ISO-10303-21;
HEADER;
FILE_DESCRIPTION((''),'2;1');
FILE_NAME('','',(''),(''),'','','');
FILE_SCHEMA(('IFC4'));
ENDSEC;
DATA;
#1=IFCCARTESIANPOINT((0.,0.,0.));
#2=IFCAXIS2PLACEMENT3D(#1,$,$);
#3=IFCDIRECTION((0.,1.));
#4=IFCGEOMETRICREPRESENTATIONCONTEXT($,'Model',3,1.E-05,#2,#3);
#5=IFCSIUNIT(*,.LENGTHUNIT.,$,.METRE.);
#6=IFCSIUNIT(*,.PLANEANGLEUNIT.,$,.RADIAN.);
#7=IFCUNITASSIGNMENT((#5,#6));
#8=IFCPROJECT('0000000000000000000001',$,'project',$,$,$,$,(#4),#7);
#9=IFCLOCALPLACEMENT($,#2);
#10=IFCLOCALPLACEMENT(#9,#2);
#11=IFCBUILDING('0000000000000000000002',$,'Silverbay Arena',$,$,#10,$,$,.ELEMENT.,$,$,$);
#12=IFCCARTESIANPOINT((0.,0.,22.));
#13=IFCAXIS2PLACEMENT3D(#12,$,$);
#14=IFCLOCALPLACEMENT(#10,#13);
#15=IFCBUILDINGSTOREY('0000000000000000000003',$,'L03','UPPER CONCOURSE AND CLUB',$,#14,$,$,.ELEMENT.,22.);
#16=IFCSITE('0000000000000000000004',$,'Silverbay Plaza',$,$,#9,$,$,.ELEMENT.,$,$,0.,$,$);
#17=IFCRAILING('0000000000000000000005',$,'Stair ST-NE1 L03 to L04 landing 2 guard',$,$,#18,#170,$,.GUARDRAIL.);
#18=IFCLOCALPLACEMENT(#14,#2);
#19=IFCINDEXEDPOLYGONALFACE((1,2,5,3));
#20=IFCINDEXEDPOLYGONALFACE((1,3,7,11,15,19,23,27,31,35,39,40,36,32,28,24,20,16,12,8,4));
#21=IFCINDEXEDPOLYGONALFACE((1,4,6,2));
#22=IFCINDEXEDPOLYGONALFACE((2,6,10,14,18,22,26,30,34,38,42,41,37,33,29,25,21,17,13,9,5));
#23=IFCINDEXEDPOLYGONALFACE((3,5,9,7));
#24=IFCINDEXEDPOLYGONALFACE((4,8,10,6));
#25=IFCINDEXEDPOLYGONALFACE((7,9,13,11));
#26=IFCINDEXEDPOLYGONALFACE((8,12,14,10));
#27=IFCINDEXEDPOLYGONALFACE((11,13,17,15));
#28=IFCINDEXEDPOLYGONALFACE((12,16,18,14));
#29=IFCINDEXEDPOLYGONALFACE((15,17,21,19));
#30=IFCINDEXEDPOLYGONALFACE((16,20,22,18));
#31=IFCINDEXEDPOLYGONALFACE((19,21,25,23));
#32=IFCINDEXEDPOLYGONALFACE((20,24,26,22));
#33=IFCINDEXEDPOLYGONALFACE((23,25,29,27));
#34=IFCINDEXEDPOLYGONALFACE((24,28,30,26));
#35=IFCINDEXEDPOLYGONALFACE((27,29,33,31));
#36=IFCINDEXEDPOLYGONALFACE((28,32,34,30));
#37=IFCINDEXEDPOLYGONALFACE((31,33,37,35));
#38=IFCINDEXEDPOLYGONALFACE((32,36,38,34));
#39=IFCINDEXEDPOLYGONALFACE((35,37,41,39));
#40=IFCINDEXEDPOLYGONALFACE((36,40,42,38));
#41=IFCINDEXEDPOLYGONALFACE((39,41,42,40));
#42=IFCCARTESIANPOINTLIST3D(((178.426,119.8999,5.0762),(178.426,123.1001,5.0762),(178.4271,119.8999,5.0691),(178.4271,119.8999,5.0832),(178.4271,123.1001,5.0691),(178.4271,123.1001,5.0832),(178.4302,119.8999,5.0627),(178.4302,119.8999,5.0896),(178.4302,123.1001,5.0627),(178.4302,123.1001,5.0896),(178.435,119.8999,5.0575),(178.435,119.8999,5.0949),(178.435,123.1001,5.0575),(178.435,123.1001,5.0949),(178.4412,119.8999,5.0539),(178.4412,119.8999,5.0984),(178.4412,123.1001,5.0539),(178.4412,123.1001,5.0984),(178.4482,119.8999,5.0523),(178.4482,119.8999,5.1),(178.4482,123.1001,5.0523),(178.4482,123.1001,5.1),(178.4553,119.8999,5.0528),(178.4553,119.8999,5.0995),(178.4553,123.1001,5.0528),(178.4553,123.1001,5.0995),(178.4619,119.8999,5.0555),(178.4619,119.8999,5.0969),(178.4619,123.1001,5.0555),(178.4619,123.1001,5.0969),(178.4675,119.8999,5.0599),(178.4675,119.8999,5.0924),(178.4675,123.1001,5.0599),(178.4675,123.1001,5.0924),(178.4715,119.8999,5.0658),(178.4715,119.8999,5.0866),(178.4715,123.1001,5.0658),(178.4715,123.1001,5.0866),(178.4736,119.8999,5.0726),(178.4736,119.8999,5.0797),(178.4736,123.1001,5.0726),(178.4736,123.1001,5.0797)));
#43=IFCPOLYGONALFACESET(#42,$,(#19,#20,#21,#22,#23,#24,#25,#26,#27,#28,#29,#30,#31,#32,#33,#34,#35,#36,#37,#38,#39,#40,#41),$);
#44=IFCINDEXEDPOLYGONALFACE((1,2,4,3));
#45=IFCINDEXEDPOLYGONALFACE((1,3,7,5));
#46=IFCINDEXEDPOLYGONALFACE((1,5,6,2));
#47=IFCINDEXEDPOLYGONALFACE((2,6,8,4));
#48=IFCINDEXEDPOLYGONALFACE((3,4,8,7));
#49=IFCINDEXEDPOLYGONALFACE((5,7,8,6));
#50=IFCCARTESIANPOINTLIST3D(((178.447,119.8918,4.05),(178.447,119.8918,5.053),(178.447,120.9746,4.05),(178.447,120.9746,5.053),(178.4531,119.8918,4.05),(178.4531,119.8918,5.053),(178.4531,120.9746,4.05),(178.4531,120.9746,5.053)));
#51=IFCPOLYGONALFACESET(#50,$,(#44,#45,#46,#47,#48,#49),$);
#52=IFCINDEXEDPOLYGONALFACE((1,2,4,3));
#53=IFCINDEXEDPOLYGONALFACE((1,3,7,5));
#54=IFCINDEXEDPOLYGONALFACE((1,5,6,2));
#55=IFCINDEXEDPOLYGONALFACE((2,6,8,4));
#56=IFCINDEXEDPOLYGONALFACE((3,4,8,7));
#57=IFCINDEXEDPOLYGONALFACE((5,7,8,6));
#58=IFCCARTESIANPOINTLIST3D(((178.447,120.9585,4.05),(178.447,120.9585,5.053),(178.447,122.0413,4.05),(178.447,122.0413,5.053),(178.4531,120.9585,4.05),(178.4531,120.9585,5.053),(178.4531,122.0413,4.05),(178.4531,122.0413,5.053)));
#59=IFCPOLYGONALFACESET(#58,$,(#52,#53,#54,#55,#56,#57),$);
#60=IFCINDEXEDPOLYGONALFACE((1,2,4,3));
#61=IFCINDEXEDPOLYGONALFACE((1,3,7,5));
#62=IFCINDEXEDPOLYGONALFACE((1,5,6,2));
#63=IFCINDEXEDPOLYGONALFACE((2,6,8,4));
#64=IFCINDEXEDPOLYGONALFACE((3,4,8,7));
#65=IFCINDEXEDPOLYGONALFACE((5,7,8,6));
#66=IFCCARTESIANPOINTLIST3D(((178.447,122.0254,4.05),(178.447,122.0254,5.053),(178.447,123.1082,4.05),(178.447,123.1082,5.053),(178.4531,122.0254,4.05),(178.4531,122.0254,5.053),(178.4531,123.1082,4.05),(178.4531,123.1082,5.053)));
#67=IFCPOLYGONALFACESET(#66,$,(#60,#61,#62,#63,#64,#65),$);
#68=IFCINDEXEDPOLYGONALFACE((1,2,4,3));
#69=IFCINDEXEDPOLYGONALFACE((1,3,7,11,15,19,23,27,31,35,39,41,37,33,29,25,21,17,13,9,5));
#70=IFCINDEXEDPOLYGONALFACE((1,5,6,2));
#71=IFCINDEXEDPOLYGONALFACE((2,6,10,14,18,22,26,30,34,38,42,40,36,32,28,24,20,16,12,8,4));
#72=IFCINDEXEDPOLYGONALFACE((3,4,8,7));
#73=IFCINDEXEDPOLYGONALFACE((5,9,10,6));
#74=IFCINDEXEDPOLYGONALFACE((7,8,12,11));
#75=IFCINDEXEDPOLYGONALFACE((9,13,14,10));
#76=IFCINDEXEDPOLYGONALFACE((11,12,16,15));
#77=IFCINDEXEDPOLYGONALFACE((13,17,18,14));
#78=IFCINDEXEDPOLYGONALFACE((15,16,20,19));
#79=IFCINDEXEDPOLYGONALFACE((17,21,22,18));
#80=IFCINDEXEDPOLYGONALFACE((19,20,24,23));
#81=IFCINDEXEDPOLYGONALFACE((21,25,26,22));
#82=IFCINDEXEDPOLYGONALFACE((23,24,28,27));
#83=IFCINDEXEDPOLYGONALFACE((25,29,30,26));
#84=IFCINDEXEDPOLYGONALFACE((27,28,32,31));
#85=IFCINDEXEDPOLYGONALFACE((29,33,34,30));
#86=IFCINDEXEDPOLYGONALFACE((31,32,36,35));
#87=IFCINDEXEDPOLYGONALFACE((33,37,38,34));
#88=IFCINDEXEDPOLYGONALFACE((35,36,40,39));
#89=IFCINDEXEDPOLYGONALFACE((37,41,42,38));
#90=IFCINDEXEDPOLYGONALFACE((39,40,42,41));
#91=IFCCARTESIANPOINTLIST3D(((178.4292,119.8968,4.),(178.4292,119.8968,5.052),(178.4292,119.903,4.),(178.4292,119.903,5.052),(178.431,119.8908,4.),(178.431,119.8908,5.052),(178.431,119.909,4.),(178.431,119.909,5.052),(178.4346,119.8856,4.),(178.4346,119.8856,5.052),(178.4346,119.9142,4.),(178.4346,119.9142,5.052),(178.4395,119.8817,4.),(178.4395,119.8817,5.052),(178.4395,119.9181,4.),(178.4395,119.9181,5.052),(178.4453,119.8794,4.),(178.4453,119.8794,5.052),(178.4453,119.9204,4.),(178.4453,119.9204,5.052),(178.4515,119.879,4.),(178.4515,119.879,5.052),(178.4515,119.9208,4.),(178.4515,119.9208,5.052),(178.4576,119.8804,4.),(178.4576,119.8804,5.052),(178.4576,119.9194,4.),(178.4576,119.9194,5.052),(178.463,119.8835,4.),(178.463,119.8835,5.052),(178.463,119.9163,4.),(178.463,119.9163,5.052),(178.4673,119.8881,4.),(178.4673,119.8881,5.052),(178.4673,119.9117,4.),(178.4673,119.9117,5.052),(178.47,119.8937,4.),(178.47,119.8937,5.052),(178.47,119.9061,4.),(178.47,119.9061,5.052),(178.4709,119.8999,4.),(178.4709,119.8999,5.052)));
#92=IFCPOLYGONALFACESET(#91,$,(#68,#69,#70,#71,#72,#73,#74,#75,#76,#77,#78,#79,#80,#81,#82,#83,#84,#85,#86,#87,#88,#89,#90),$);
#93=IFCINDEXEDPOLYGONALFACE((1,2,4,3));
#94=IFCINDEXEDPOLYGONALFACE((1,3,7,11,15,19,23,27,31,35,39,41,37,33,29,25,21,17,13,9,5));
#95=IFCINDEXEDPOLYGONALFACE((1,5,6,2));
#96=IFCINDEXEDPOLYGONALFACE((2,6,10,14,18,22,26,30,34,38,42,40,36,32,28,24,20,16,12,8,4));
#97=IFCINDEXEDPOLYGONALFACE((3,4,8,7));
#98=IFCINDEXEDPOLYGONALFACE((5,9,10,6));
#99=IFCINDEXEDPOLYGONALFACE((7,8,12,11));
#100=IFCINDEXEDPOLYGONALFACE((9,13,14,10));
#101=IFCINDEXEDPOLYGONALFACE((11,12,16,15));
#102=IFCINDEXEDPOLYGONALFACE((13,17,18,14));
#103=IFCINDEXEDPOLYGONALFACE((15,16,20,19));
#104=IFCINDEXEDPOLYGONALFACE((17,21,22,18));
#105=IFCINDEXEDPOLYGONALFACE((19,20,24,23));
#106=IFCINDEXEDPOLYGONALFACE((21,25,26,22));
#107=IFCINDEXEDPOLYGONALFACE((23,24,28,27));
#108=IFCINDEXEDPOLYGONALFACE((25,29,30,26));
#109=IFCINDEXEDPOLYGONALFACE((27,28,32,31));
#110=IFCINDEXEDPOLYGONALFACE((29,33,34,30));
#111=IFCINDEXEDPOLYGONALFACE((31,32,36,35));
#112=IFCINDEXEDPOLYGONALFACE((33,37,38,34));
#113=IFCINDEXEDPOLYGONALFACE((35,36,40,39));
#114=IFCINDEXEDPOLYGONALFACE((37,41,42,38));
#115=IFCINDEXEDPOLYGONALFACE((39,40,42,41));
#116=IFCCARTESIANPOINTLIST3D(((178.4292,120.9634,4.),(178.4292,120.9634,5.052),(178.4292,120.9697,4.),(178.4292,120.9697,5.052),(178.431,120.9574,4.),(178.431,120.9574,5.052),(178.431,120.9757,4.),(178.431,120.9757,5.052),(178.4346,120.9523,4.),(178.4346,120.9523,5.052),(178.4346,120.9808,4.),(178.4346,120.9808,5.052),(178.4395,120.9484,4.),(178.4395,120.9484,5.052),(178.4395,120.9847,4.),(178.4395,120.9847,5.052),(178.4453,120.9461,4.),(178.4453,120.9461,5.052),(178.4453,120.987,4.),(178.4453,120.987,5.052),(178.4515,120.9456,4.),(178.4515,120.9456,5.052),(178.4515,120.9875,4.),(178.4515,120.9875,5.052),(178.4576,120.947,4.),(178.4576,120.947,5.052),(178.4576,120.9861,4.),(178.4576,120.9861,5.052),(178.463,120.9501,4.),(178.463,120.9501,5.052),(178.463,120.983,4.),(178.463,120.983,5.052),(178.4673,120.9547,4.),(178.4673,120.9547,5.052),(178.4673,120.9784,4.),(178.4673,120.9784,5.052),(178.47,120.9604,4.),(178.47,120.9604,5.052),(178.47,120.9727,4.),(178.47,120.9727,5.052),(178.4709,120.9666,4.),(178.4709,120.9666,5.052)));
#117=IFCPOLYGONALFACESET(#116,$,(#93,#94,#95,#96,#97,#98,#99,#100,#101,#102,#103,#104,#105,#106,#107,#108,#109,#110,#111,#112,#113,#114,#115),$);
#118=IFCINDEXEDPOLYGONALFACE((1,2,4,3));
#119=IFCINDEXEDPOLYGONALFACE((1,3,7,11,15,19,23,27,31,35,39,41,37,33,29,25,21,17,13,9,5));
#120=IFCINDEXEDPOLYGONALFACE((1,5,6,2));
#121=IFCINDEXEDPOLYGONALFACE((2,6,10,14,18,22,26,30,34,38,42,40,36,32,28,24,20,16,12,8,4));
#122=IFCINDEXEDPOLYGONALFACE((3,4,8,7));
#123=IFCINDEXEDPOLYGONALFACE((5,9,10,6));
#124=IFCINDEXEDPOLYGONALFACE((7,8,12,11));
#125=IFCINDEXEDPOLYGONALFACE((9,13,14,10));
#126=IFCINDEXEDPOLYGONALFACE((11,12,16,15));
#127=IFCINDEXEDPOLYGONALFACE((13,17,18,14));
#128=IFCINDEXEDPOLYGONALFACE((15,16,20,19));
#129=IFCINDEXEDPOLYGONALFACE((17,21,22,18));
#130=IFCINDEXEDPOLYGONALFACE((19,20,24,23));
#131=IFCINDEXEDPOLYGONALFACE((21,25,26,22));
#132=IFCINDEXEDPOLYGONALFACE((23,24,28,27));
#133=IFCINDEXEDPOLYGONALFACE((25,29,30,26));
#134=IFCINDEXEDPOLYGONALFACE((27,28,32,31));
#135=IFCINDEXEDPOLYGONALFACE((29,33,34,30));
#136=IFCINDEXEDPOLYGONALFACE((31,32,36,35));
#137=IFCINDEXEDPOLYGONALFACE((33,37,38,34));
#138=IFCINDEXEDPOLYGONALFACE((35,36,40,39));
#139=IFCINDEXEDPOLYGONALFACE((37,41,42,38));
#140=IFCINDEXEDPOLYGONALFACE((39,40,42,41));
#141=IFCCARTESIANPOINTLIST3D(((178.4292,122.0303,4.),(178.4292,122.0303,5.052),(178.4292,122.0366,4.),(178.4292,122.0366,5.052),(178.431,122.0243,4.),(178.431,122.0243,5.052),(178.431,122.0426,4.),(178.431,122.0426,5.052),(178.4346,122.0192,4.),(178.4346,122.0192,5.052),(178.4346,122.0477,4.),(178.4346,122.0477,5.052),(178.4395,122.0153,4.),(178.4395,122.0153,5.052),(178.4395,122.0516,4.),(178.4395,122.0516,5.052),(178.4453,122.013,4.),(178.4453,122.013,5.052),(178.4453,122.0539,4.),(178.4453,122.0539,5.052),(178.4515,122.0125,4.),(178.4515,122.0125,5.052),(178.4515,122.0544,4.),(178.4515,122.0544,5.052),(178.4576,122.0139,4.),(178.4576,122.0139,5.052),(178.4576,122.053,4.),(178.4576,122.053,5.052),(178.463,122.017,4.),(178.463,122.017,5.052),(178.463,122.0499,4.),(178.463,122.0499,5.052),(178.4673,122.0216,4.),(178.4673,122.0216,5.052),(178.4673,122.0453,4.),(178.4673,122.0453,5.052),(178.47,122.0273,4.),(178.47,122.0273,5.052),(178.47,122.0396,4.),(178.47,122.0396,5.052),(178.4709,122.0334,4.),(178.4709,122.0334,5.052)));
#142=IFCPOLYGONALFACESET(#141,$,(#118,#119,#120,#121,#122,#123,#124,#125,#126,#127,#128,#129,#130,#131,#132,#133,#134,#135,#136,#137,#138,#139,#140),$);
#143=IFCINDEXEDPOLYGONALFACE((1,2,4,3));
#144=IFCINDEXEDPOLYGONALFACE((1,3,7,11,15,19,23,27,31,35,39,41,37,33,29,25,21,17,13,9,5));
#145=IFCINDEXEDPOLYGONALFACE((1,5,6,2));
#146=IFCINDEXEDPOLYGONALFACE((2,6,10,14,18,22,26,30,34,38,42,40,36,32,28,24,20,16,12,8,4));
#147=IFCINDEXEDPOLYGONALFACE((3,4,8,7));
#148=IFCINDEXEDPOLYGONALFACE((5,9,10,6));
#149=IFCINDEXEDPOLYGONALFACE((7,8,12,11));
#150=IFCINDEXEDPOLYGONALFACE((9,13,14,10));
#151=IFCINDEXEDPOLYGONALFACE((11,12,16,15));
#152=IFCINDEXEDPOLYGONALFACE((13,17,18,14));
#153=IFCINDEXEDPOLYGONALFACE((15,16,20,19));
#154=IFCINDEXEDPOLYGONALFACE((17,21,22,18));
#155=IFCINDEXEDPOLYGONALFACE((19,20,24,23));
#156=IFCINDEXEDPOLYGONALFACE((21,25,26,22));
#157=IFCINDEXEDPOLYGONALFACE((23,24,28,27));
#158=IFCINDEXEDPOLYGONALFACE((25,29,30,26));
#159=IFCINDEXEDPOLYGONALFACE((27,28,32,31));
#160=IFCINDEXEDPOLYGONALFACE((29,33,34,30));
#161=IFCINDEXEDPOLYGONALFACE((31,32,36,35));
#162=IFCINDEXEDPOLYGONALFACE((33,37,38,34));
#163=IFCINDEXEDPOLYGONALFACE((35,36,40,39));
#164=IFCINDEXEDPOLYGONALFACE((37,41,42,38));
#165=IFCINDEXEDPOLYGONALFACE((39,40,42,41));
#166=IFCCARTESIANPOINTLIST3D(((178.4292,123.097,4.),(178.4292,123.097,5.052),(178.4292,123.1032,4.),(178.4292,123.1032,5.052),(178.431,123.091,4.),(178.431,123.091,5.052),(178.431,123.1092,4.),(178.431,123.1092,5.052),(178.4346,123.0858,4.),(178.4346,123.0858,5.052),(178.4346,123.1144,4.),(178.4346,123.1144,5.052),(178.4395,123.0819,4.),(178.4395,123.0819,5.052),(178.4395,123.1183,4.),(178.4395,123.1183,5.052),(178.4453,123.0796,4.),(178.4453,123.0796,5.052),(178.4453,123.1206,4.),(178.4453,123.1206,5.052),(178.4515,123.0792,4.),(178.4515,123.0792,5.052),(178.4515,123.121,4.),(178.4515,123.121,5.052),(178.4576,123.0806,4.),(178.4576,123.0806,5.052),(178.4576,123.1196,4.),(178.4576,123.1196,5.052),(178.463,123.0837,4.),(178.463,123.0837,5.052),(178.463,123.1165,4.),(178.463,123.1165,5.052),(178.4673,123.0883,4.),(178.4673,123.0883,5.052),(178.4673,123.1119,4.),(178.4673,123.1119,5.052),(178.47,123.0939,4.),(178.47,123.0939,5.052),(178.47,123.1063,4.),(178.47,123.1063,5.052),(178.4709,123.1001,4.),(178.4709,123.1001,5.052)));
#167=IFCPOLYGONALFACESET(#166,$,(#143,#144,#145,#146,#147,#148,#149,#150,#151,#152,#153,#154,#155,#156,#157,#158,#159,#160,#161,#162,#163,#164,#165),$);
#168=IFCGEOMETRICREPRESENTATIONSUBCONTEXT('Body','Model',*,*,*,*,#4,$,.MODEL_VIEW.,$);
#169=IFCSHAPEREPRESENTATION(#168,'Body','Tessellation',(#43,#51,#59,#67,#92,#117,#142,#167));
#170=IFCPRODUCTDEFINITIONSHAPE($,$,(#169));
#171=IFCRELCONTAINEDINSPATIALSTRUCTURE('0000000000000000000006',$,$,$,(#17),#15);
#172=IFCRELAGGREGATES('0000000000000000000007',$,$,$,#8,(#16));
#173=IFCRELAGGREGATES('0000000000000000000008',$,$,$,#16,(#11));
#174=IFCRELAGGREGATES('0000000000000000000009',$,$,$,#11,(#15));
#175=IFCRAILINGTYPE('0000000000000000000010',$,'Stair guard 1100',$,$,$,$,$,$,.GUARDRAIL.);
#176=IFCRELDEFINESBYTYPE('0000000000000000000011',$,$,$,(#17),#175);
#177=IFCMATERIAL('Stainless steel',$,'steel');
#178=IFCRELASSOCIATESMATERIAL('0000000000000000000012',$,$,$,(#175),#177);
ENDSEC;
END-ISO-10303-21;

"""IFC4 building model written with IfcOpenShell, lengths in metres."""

from ifc_helpers import new_model, si_unit, direction, frame, origin, origin_2d, place, context, subcontext, project, spatial, polyline, circle, outline, extrude, material, type_object, element, save


model = new_model("IFC4")

# Units and contexts
model_context = context("Model", 3, precision=1e-05, world=origin(), true_north=direction((0.0, 1.0)))
body_context = subcontext(model_context, "Body", "Model", "MODEL_VIEW")
ifc_project = project(units=[si_unit("LENGTHUNIT", "METRE"), si_unit("PLANEANGLEUNIT", "RADIAN")], contexts=[model_context])

# Site, building, storey
site_placement = place(None, origin())
site = spatial("IfcSite", under=ifc_project, at=site_placement, Name="Silverbay Plaza", CompositionType="ELEMENT", RefElevation=0.0)
building_placement = place(site_placement, origin())
building = spatial("IfcBuilding", under=site, at=building_placement, Name="Silverbay Arena", CompositionType="ELEMENT")
storey_placement = place(building_placement, frame((0.0, 0.0, 22.0)))
storey = spatial("IfcBuildingStorey", under=building, at=storey_placement, Name="L03", Description="UPPER CONCOURSE AND CLUB", CompositionType="ELEMENT", Elevation=22.0)

# Railing
ifc_material_1 = material(Name="Stainless steel", Category="steel")
railing_type_1 = type_object("IfcRailingType", Name="Stair guard 1100", PredefinedType="GUARDRAIL", material=ifc_material_1)
for number, where, name in (
    (1, (178.45, 119.8999, 4.0), "Stair ST-NE1 L03 to L04 landing 2 guard"),
):
    element("IfcRailing", number, at=place(storey_placement, frame(where)), inside=storey, type_object=railing_type_1, Name=name, PredefinedType="GUARDRAIL", context=body_context, shape_type="SweptSolid", body=[
        extrude(circle(Radius=0.0239, at=origin_2d()), frame((0.0, 0.0, 1.0762), z_axis=(0.0, 1.0, 0.0), x_axis=(-1.0, 0.0, 0.0)), (0.0, 0.0, 1.0), 3.2002),
        extrude(outline(polyline([(-0.0081, 0.05), (1.0747, 0.05), (1.0747, 1.053), (-0.0081, 1.053), (-0.0081, 0.05)])), frame((-0.0029, 0.0, 0.0), z_axis=(1.0, 0.0, 0.0), x_axis=(0.0, 1.0, 0.0)), (0.0, 0.0, 1.0), 0.0061),
        extrude(outline(polyline([(-0.0081, 0.05), (1.0747, 0.05), (1.0747, 1.053), (-0.0081, 1.053), (-0.0081, 0.05)])), frame((-0.0029, 1.0667, 0.0), z_axis=(1.0, 0.0, 0.0), x_axis=(0.0, 1.0, 0.0)), (0.0, 0.0, 1.0), 0.0061),
        extrude(outline(polyline([(-0.0081, 0.05), (1.0747, 0.05), (1.0747, 1.053), (-0.0081, 1.053), (-0.0081, 0.05)])), frame((-0.0029, 2.1335, 0.0), z_axis=(1.0, 0.0, 0.0), x_axis=(0.0, 1.0, 0.0)), (0.0, 0.0, 1.0), 0.0061),
        extrude(circle(Radius=0.021, at=origin_2d()), origin(), (0.0, 0.0, 1.0), 1.052),
        extrude(circle(Radius=0.021, at=origin_2d()), frame((0.0, 1.0667, 0.0)), (0.0, 0.0, 1.0), 1.052),
        extrude(circle(Radius=0.021, at=origin_2d()), frame((0.0, 2.1335, 0.0)), (0.0, 0.0, 1.0), 1.052),
        extrude(circle(Radius=0.021, at=origin_2d()), frame((0.0, 3.2002, 0.0)), (0.0, 0.0, 1.0), 1.052),
    ])

save(model, "model.ifc")
